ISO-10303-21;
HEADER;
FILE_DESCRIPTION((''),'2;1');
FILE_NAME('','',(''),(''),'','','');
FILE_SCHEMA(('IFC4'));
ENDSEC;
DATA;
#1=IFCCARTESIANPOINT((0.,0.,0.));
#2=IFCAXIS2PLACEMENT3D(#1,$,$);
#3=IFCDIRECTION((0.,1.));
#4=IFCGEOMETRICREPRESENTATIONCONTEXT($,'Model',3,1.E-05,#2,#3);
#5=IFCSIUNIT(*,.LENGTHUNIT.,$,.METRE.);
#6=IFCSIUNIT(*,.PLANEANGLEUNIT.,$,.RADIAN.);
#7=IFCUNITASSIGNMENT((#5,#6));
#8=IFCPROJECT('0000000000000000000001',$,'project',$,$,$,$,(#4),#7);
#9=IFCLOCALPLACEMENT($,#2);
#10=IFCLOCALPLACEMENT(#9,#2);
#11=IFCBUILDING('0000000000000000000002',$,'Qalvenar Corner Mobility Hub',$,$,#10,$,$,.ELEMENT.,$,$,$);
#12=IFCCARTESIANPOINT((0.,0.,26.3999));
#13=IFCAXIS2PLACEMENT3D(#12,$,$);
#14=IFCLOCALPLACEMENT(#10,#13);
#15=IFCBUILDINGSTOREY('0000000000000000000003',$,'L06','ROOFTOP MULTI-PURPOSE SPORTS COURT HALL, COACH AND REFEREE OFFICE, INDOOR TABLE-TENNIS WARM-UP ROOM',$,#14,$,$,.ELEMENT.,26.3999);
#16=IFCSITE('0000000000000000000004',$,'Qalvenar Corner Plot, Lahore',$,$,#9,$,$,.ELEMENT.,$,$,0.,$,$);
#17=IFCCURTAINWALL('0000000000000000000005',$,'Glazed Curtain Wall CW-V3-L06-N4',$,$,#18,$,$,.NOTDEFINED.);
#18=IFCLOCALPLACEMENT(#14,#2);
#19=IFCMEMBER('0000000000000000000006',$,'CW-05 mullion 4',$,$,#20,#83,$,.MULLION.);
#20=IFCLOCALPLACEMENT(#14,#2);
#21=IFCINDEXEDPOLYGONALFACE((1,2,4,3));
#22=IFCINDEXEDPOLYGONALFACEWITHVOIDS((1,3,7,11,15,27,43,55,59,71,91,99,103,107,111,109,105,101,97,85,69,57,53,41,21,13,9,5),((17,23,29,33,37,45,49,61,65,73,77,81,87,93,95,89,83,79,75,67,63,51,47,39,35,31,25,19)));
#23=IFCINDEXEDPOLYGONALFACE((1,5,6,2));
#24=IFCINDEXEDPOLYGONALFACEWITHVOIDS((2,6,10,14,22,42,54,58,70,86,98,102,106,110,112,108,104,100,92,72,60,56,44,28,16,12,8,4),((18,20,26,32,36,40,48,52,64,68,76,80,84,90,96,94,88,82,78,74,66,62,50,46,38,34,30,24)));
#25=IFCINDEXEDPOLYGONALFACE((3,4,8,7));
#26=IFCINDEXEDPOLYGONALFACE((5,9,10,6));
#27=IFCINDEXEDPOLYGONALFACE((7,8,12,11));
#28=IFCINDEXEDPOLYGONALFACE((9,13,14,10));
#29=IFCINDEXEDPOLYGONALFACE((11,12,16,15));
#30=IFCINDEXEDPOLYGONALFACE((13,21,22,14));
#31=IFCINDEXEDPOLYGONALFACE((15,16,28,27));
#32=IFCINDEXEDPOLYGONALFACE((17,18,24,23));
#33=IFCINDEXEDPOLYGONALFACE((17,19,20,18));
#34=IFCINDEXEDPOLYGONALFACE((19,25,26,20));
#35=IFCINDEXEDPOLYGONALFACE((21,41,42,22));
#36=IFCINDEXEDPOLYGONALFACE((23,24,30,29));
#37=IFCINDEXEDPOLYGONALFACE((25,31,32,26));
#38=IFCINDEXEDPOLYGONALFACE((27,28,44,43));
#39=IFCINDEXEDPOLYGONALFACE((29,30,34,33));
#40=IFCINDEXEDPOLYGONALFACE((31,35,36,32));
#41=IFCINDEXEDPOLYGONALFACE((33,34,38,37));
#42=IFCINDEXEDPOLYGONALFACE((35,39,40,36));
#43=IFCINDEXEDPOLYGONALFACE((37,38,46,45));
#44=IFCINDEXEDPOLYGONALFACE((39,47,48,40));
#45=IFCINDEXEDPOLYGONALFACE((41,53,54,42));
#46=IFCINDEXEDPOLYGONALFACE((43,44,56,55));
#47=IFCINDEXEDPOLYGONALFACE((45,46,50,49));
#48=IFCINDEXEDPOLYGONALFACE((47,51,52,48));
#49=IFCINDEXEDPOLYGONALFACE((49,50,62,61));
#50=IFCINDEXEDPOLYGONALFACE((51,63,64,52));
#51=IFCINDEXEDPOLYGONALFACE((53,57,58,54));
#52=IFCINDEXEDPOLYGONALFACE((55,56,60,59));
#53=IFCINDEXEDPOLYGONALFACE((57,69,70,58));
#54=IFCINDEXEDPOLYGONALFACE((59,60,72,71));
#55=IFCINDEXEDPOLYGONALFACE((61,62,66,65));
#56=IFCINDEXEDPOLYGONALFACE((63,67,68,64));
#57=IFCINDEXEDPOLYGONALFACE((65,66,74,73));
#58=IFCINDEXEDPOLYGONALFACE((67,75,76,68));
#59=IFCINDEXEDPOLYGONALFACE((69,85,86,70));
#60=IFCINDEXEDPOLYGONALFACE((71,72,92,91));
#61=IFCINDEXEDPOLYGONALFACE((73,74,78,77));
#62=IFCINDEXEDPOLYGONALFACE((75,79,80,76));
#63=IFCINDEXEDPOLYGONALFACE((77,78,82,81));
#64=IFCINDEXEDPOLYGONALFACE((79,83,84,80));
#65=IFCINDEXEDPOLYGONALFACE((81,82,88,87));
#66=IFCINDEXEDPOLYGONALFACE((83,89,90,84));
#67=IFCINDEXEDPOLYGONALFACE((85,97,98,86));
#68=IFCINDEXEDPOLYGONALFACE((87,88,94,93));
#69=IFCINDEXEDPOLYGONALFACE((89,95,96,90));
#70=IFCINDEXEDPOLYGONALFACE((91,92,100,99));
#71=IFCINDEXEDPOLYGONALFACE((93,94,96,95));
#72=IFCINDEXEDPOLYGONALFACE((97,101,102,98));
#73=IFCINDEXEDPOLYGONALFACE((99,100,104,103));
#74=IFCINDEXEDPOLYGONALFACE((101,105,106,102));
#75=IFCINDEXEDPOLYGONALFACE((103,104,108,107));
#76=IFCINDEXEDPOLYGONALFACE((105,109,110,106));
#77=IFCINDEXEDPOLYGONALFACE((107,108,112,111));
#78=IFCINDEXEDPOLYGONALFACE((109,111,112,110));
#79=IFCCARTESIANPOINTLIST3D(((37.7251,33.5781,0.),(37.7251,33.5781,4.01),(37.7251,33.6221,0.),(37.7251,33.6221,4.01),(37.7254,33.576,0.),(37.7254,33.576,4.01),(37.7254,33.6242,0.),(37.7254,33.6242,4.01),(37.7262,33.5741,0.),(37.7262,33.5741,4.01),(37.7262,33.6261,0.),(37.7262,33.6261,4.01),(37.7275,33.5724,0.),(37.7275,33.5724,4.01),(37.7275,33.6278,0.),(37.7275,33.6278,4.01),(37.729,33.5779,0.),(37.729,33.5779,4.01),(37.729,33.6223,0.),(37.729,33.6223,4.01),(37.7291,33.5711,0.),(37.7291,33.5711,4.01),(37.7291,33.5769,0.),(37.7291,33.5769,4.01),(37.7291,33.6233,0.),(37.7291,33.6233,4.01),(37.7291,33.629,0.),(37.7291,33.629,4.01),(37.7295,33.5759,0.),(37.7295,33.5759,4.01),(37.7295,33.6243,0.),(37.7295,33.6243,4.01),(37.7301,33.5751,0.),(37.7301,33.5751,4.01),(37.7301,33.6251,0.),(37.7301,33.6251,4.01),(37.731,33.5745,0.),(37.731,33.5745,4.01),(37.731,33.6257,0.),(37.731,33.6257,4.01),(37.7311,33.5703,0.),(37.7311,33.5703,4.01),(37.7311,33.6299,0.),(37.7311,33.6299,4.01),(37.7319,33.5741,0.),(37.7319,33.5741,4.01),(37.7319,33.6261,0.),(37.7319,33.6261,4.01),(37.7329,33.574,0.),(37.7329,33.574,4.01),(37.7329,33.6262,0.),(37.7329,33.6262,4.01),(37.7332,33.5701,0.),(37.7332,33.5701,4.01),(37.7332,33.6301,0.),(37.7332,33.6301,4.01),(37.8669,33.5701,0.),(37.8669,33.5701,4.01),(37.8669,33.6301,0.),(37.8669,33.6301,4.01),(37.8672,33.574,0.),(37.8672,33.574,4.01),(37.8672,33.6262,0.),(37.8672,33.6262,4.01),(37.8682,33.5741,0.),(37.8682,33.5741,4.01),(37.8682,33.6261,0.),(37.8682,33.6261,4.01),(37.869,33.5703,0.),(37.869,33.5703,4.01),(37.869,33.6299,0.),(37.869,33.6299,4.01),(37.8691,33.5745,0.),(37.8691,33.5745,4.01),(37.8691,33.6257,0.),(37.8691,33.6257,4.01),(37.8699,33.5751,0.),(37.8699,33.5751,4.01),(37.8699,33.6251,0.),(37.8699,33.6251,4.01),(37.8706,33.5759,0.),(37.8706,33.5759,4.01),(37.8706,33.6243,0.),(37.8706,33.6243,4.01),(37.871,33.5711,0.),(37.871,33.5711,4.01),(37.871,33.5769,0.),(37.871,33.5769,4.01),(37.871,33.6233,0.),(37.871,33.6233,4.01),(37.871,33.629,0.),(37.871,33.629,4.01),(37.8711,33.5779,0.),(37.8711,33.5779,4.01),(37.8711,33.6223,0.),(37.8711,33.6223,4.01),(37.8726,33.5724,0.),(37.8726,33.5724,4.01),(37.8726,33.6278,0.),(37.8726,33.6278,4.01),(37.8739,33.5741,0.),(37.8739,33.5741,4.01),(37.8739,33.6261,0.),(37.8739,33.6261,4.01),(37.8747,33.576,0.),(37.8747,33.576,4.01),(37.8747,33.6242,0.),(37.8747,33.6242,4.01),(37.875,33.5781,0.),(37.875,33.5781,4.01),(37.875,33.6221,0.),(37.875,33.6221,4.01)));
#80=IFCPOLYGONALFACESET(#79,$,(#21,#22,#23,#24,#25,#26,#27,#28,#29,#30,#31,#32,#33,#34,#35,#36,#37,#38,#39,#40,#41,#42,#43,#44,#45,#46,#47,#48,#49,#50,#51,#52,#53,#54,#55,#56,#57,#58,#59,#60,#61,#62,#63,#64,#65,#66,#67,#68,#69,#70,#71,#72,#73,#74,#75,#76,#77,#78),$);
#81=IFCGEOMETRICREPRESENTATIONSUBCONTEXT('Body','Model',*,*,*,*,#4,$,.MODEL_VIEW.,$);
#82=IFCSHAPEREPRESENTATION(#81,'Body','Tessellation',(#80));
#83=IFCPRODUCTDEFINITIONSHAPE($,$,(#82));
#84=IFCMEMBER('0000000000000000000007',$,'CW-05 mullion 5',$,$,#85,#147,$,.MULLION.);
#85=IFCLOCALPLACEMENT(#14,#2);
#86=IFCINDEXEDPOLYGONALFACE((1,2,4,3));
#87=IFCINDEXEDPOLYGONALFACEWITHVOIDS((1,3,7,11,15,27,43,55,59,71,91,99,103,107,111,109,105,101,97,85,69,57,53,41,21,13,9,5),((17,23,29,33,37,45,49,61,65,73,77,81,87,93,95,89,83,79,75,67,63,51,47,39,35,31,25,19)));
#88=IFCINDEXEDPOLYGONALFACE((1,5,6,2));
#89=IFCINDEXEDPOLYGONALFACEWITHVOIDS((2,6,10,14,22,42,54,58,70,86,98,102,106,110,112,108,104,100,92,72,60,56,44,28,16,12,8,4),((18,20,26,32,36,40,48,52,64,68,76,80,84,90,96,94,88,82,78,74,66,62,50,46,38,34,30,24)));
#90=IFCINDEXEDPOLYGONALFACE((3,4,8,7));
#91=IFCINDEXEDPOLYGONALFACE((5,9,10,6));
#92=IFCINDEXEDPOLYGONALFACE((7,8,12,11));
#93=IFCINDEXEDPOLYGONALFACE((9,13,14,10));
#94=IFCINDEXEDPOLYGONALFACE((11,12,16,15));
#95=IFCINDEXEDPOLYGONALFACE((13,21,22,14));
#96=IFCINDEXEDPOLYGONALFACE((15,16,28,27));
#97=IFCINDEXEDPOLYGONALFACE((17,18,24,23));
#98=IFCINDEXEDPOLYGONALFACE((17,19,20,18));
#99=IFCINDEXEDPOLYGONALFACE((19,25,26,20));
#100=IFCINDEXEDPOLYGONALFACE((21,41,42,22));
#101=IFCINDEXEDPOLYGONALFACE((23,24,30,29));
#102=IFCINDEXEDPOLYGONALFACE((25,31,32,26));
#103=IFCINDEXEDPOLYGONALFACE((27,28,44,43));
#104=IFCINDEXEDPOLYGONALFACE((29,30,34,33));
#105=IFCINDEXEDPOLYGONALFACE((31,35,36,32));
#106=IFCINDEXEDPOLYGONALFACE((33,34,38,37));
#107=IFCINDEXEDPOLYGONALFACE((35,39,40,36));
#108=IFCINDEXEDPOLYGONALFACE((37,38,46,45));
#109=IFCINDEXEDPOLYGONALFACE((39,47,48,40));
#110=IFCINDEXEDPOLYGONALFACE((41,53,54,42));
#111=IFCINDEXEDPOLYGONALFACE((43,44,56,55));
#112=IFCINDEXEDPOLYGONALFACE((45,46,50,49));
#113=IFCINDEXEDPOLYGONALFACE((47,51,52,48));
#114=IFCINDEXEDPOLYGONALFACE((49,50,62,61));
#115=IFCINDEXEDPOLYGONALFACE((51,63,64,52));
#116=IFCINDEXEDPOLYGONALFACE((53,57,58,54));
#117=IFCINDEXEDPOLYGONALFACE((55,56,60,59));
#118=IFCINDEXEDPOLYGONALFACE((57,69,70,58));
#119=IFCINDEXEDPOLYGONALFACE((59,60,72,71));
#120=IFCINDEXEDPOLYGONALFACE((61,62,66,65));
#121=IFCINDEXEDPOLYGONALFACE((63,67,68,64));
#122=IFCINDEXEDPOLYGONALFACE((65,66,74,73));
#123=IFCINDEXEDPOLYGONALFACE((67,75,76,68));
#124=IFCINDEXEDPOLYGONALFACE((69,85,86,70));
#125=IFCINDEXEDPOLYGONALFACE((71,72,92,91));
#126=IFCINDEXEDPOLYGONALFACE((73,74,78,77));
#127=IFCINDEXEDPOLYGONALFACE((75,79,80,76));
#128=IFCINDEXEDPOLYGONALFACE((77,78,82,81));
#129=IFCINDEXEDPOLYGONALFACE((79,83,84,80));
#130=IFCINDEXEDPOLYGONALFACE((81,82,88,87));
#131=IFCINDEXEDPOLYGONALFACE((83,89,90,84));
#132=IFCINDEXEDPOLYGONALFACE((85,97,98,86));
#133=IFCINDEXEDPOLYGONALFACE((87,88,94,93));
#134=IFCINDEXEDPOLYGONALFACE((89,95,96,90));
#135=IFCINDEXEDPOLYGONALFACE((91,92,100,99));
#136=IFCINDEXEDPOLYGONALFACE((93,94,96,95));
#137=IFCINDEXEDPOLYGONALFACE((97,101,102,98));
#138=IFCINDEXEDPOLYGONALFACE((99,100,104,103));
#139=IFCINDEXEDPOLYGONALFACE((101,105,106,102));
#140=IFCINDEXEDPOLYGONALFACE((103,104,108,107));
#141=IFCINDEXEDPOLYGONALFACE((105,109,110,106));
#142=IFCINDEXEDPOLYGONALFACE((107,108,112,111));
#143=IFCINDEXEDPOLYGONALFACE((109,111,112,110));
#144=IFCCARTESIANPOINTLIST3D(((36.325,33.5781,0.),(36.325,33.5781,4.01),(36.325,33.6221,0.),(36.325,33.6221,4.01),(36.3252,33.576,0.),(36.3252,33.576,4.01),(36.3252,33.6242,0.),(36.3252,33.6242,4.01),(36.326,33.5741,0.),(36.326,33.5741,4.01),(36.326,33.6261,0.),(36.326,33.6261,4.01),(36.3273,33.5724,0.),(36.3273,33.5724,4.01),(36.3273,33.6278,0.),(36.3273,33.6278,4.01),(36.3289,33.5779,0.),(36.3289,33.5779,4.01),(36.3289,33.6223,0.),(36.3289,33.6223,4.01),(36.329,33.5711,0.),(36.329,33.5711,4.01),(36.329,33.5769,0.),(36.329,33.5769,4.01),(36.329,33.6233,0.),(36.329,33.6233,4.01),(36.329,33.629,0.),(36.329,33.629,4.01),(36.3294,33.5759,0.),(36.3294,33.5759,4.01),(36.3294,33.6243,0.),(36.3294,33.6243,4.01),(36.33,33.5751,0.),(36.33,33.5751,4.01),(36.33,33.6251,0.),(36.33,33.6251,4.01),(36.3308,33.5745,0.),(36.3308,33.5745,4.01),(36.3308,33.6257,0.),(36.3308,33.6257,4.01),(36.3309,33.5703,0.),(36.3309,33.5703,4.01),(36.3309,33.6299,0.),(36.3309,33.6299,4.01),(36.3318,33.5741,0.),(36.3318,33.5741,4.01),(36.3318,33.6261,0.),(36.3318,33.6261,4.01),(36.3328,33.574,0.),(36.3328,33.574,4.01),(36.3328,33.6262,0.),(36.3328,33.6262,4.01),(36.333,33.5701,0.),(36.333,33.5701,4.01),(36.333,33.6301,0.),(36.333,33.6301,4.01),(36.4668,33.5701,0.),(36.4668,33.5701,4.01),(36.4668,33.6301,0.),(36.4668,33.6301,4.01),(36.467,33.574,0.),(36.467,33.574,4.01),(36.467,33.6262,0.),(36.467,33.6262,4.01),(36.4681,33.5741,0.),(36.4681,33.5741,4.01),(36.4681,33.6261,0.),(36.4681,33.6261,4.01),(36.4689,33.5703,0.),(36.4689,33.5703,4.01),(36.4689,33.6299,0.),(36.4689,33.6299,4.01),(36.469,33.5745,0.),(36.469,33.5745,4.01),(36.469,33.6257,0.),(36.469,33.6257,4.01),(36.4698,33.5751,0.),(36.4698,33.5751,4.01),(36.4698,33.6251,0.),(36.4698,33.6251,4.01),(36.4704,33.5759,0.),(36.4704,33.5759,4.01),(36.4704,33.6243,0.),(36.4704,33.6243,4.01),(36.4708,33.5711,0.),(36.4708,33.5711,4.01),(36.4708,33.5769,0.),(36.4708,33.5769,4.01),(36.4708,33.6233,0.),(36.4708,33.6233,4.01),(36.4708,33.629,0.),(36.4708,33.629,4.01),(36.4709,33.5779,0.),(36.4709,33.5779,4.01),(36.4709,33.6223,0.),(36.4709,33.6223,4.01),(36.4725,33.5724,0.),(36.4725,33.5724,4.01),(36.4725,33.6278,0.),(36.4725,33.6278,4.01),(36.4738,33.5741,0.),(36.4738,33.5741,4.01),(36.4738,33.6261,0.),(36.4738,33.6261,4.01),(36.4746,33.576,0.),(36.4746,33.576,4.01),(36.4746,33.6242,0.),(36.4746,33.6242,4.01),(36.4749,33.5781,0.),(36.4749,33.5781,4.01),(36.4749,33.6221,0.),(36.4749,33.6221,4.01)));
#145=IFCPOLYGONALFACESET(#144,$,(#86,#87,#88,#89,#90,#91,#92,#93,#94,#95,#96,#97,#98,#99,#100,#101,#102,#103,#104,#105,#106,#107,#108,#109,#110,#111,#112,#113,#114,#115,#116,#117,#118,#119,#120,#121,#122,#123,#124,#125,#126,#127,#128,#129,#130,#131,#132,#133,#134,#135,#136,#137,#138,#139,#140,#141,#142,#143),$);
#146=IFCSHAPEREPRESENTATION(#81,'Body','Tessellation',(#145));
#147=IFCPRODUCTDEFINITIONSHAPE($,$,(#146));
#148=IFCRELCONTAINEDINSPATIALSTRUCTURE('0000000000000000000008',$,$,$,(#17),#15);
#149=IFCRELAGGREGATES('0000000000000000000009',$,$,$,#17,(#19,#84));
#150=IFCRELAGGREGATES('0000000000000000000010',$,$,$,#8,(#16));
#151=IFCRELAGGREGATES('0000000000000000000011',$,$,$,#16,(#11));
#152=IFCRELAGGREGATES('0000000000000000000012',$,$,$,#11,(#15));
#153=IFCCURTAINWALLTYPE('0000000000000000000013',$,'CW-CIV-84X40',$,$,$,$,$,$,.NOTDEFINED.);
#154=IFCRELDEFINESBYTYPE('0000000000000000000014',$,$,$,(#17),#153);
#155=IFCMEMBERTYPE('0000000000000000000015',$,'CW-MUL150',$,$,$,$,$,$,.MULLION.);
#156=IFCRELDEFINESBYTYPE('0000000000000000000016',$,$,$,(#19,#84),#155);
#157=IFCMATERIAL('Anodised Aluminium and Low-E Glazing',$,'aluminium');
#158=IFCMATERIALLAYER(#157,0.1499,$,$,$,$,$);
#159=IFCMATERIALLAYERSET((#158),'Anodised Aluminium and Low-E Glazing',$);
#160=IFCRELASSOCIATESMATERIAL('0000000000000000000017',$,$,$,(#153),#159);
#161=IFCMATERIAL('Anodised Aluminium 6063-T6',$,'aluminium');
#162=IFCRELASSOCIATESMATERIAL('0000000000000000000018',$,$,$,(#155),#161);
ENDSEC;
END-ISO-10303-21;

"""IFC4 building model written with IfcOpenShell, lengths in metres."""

from ifc_helpers import new_model, si_unit, direction, frame, origin, origin_2d, place, context, subcontext, project, spatial, hollow_rectangle, extrude, material, layer, layer_set, material_profile, profile_set, type_object, element, aggregate, save


model = new_model("IFC4")

# Units and contexts
model_context = context("Model", 3, precision=1e-05, world=origin(), true_north=direction((0.0, 1.0)))
body_context = subcontext(model_context, "Body", "Model", "MODEL_VIEW")
ifc_project = project(units=[si_unit("LENGTHUNIT", "METRE"), si_unit("PLANEANGLEUNIT", "RADIAN")], contexts=[model_context])

# Site, building, storey
site_placement = place(None, origin())
site = spatial("IfcSite", under=ifc_project, at=site_placement, Name="Qalvenar Corner Plot, Lahore", CompositionType="ELEMENT", RefElevation=0.0)
building_placement = place(site_placement, origin())
building = spatial("IfcBuilding", under=site, at=building_placement, Name="Qalvenar Corner Mobility Hub", CompositionType="ELEMENT")
storey_placement = place(building_placement, frame((0.0, 0.0, 26.3999)))
storey = spatial("IfcBuildingStorey", under=building, at=storey_placement, Name="L06", Description="ROOFTOP MULTI-PURPOSE SPORTS COURT HALL, COACH AND REFEREE OFFICE, INDOOR TABLE-TENNIS WARM-UP ROOM", CompositionType="ELEMENT", Elevation=26.3999)

# Curtain wall, members
ifc_material_1 = material(Name="Anodised Aluminium and Low-E Glazing", Category="aluminium")
ifc_layer_1 = layer(ifc_material_1, 0.1499)
ifc_layer_set_1 = layer_set([ifc_layer_1], Name="Anodised Aluminium and Low-E Glazing")
curtain_wall_type = type_object("IfcCurtainWallType", Name="CW-CIV-84X40", PredefinedType="NOTDEFINED", material=ifc_layer_set_1)
curtain_wall_placement = place(storey_placement, origin())
curtain_wall = element("IfcCurtainWall", 1, at=curtain_wall_placement, inside=storey, type_object=curtain_wall_type, Name="Glazed Curtain Wall CW-V3-L06-N4", PredefinedType="NOTDEFINED")
ifc_material_2 = material(Name="Anodised Aluminium 6063-T6", Category="aluminium")
ifc_material_profile_1 = material_profile(ifc_material_2, hollow_rectangle(XDim=0.0601, YDim=0.1499, WallThickness=0.0039, InnerFilletRadius=0.0039, OuterFilletRadius=0.0081, at=origin_2d()), Name="RHS150x60x4")
ifc_profile_set_1 = profile_set([ifc_material_profile_1], Name="Anodised Aluminium 6063-T6")
member_type_1 = type_object("IfcMemberType", Name="CW-MUL150", PredefinedType="MULLION", material=ifc_profile_set_1)
member_1_placement = place(storey_placement, frame((37.8, 33.6001, 0.0), z_axis=(0.0, 0.0, 1.0), x_axis=(0.0, -1.0, 0.0)))
member_1 = element("IfcMember", 2, at=member_1_placement, type_object=member_type_1, Name="CW-05 mullion 4", PredefinedType="MULLION", context=body_context, shape_type="SweptSolid", body=[
    extrude(hollow_rectangle(XDim=0.0601, YDim=0.1499, WallThickness=0.0039, InnerFilletRadius=0.0039, OuterFilletRadius=0.0081, at=origin_2d()), origin(), (0.0, 0.0, 1.0), 4.01),
])
member_2_placement = place(storey_placement, frame((36.3999, 33.6001, 0.0), z_axis=(0.0, 0.0, 1.0), x_axis=(0.0, -1.0, 0.0)))
member_2 = element("IfcMember", 3, at=member_2_placement, type_object=member_type_1, Name="CW-05 mullion 5", PredefinedType="MULLION", context=body_context, shape_type="SweptSolid", body=[
    extrude(hollow_rectangle(XDim=0.0601, YDim=0.1499, WallThickness=0.0039, InnerFilletRadius=0.0039, OuterFilletRadius=0.0081, at=origin_2d()), origin(), (0.0, 0.0, 1.0), 4.01),
])
aggregate(curtain_wall, [member_1, member_2])

save(model, "model.ifc")
